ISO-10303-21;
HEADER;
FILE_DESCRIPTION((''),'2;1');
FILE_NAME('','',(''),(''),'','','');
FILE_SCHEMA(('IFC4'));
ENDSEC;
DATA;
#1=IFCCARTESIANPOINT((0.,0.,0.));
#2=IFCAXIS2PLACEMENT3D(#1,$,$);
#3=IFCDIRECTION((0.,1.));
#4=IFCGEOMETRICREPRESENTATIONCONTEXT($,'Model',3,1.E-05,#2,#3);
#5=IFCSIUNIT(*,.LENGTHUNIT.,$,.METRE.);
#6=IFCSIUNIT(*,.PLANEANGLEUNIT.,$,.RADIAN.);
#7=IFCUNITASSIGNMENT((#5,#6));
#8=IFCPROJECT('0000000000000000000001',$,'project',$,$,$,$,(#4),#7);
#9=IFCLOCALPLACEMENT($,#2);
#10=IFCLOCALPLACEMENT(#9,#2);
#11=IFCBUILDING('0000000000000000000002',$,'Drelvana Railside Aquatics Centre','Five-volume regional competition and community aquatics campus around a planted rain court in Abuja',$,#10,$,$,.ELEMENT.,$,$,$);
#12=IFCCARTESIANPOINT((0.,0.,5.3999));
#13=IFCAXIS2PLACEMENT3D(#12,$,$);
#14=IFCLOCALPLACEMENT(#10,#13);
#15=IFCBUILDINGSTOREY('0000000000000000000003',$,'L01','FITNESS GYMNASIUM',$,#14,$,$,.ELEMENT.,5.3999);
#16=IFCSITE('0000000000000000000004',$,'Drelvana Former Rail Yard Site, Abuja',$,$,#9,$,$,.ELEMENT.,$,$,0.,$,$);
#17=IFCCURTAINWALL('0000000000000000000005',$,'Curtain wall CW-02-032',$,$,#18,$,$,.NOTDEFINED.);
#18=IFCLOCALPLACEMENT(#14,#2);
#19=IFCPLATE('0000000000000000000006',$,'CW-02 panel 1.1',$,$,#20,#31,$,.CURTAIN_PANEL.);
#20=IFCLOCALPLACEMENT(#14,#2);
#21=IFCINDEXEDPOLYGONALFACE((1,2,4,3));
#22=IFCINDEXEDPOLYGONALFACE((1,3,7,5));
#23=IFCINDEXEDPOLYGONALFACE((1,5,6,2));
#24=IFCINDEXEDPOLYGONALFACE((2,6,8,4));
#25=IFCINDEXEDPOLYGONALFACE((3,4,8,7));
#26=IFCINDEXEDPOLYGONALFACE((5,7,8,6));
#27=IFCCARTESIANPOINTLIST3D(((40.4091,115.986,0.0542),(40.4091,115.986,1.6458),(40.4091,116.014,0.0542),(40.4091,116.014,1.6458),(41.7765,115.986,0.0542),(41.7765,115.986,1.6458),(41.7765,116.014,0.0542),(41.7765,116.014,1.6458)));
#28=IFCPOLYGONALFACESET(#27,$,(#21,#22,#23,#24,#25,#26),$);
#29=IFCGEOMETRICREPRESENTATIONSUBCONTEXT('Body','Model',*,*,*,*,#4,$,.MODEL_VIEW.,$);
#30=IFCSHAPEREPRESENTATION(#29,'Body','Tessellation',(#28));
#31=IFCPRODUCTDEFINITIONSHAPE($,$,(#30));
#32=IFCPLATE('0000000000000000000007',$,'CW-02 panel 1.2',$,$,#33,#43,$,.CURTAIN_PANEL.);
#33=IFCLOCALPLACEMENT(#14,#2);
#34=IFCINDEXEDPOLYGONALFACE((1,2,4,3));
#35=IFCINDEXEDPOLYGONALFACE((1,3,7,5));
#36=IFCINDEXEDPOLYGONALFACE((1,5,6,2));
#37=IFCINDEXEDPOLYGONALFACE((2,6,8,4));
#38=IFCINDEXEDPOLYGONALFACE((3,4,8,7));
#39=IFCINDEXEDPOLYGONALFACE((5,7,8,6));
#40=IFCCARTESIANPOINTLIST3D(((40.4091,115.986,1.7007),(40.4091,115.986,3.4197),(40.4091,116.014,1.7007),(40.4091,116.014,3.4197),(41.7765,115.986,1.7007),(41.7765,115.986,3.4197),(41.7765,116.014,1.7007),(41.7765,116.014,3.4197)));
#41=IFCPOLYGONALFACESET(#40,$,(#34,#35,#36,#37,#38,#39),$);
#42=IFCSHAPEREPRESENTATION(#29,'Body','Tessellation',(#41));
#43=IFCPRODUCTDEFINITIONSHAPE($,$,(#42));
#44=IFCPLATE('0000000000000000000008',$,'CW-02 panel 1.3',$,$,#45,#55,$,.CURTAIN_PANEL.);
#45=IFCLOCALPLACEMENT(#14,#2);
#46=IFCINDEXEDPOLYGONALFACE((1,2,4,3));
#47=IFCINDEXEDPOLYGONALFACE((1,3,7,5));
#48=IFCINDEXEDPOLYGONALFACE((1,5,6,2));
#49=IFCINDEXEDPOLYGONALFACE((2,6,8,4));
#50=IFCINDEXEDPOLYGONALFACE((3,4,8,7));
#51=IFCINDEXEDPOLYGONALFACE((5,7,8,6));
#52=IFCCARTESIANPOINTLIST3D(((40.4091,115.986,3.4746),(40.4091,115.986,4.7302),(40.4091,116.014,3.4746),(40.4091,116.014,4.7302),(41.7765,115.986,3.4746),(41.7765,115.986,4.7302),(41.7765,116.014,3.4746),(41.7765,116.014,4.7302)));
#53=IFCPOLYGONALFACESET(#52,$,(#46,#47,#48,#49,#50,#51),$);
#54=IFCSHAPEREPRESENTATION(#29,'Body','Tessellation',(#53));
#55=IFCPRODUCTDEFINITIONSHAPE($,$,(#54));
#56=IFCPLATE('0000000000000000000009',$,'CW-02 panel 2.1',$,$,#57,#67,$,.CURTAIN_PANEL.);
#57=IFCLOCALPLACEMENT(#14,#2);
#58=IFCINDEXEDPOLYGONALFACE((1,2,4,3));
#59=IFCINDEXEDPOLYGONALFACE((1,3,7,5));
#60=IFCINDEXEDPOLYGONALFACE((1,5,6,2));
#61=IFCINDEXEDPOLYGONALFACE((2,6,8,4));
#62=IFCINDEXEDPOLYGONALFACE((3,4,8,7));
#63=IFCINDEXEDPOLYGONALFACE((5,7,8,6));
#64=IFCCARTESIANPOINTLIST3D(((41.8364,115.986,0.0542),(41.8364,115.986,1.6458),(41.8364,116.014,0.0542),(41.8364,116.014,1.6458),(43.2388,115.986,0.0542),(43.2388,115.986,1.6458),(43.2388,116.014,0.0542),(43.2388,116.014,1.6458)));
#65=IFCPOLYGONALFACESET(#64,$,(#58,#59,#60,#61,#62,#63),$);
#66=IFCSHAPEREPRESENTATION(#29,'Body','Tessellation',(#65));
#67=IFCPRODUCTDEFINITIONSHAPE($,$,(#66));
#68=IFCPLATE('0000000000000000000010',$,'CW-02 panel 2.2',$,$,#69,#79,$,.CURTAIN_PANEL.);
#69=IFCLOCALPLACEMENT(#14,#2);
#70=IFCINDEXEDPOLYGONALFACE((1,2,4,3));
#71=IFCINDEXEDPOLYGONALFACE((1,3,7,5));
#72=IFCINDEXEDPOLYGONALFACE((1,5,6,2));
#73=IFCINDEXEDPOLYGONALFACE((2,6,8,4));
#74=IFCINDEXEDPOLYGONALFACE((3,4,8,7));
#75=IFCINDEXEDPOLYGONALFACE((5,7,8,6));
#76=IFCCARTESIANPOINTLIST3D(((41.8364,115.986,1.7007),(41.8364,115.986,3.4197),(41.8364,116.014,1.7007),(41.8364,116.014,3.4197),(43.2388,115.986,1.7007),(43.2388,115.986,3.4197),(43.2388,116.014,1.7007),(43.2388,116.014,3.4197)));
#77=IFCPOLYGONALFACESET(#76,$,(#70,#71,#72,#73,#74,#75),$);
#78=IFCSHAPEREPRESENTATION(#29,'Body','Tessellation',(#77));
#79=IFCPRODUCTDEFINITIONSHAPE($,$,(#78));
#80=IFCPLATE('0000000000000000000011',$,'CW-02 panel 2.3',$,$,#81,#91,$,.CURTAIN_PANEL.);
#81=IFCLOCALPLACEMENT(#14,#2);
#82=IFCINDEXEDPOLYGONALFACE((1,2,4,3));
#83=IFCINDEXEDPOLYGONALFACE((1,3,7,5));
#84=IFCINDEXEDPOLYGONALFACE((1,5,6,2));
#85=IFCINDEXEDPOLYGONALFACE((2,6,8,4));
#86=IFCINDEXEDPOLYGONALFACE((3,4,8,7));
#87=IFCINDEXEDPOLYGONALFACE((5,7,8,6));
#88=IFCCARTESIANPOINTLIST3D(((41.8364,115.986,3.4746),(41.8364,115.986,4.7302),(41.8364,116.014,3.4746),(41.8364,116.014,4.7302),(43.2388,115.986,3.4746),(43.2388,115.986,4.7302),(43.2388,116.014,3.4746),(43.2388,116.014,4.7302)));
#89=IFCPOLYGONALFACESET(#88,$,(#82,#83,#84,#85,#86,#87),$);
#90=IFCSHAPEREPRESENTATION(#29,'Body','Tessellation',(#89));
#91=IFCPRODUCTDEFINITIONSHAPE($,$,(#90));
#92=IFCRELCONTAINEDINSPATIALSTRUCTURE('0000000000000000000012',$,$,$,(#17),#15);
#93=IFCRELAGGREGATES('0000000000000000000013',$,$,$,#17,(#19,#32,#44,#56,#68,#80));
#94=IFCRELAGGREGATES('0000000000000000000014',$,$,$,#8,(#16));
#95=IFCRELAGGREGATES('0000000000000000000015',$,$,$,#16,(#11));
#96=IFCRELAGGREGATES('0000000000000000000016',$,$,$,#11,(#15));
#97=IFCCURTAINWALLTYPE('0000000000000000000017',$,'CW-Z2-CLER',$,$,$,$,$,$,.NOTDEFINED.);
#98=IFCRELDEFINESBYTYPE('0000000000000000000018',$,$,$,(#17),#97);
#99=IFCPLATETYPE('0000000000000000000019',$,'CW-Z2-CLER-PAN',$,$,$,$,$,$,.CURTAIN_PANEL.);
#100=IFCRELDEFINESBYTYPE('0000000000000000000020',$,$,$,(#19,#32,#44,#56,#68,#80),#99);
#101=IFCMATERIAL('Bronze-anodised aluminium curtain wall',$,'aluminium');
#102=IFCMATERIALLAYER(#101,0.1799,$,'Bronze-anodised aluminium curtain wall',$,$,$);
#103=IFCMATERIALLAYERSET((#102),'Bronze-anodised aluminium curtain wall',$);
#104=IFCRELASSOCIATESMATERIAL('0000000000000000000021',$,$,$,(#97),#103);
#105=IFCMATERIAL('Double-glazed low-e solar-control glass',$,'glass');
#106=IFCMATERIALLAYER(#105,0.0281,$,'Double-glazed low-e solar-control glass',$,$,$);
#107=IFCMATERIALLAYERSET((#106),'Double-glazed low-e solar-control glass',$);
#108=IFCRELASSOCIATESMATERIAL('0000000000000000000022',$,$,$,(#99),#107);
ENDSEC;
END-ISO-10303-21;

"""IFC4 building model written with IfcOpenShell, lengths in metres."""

from ifc_helpers import new_model, si_unit, direction, frame, origin, origin_2d, place, context, subcontext, project, spatial, rectangle, extrude, material, layer, layer_set, type_object, element, aggregate, save


model = new_model("IFC4")

# Units and contexts
model_context = context("Model", 3, precision=1e-05, world=origin(), true_north=direction((0.0, 1.0)))
body_context = subcontext(model_context, "Body", "Model", "MODEL_VIEW")
ifc_project = project(units=[si_unit("LENGTHUNIT", "METRE"), si_unit("PLANEANGLEUNIT", "RADIAN")], contexts=[model_context])

# Site, building, storey
site_placement = place(None, origin())
site = spatial("IfcSite", under=ifc_project, at=site_placement, Name="Drelvana Former Rail Yard Site, Abuja", CompositionType="ELEMENT", RefElevation=0.0)
building_placement = place(site_placement, origin())
building = spatial("IfcBuilding", under=site, at=building_placement, Name="Drelvana Railside Aquatics Centre", Description="Five-volume regional competition and community aquatics campus around a planted rain court in Abuja", CompositionType="ELEMENT")
storey_placement = place(building_placement, frame((0.0, 0.0, 5.3999)))
storey = spatial("IfcBuildingStorey", under=building, at=storey_placement, Name="L01", Description="FITNESS GYMNASIUM", CompositionType="ELEMENT", Elevation=5.3999)

# Curtain wall
ifc_material_1 = material(Name="Bronze-anodised aluminium curtain wall", Category="aluminium")
ifc_layer_1 = layer(ifc_material_1, 0.1799, Name="Bronze-anodised aluminium curtain wall")
ifc_layer_set_1 = layer_set([ifc_layer_1], Name="Bronze-anodised aluminium curtain wall")
curtain_wall_type = type_object("IfcCurtainWallType", Name="CW-Z2-CLER", PredefinedType="NOTDEFINED", material=ifc_layer_set_1)
curtain_wall_1_placement = place(storey_placement, origin())
curtain_wall_1 = element("IfcCurtainWall", 1, at=curtain_wall_1_placement, inside=storey, type_object=curtain_wall_type, Name="Curtain wall CW-02-032", PredefinedType="NOTDEFINED")

# Plates
ifc_material_2 = material(Name="Double-glazed low-e solar-control glass", Category="glass")
ifc_layer_2 = layer(ifc_material_2, 0.0281, Name="Double-glazed low-e solar-control glass")
ifc_layer_set_2 = layer_set([ifc_layer_2], Name="Double-glazed low-e solar-control glass")
plate_type = type_object("IfcPlateType", Name="CW-Z2-CLER-PAN", PredefinedType="CURTAIN_PANEL", material=ifc_layer_set_2)
plate_1_placement = place(storey_placement, frame((41.0928, 116.0, 0.0542), z_axis=(0.0, 0.0, 1.0), x_axis=(1.0, 0.0, 0.0)))
plate_1 = element("IfcPlate", 2, at=plate_1_placement, type_object=plate_type, Name="CW-02 panel 1.1", PredefinedType="CURTAIN_PANEL", context=body_context, shape_type="SweptSolid", body=[
    extrude(rectangle(XDim=1.3674, YDim=0.0281, at=origin_2d()), origin(), (0.0, 0.0, 1.0), 1.5916),
])
plate_2_placement = place(storey_placement, frame((41.0928, 116.0, 1.7007), z_axis=(0.0, 0.0, 1.0), x_axis=(1.0, 0.0, 0.0)))
plate_2 = element("IfcPlate", 3, at=plate_2_placement, type_object=plate_type, Name="CW-02 panel 1.2", PredefinedType="CURTAIN_PANEL", context=body_context, shape_type="SweptSolid", body=[
    extrude(rectangle(XDim=1.3674, YDim=0.0281, at=origin_2d()), origin(), (0.0, 0.0, 1.0), 1.719),
])
plate_3_placement = place(storey_placement, frame((41.0928, 116.0, 3.4746), z_axis=(0.0, 0.0, 1.0), x_axis=(1.0, 0.0, 0.0)))
plate_3 = element("IfcPlate", 4, at=plate_3_placement, type_object=plate_type, Name="CW-02 panel 1.3", PredefinedType="CURTAIN_PANEL", context=body_context, shape_type="SweptSolid", body=[
    extrude(rectangle(XDim=1.3674, YDim=0.0281, at=origin_2d()), origin(), (0.0, 0.0, 1.0), 1.2556),
])
plate_4_placement = place(storey_placement, frame((42.5376, 116.0, 0.0542), z_axis=(0.0, 0.0, 1.0), x_axis=(1.0, 0.0, 0.0)))
plate_4 = element("IfcPlate", 5, at=plate_4_placement, type_object=plate_type, Name="CW-02 panel 2.1", PredefinedType="CURTAIN_PANEL", context=body_context, shape_type="SweptSolid", body=[
    extrude(rectangle(XDim=1.4023, YDim=0.0281, at=origin_2d()), origin(), (0.0, 0.0, 1.0), 1.5916),
])
plate_5_placement = place(storey_placement, frame((42.5376, 116.0, 1.7007), z_axis=(0.0, 0.0, 1.0), x_axis=(1.0, 0.0, 0.0)))
plate_5 = element("IfcPlate", 6, at=plate_5_placement, type_object=plate_type, Name="CW-02 panel 2.2", PredefinedType="CURTAIN_PANEL", context=body_context, shape_type="SweptSolid", body=[
    extrude(rectangle(XDim=1.4023, YDim=0.0281, at=origin_2d()), origin(), (0.0, 0.0, 1.0), 1.719),
])
plate_6_placement = place(storey_placement, frame((42.5376, 116.0, 3.4746), z_axis=(0.0, 0.0, 1.0), x_axis=(1.0, 0.0, 0.0)))
plate_6 = element("IfcPlate", 7, at=plate_6_placement, type_object=plate_type, Name="CW-02 panel 2.3", PredefinedType="CURTAIN_PANEL", context=body_context, shape_type="SweptSolid", body=[
    extrude(rectangle(XDim=1.4023, YDim=0.0281, at=origin_2d()), origin(), (0.0, 0.0, 1.0), 1.2556),
])
aggregate(curtain_wall_1, [plate_1, plate_2, plate_3, plate_4, plate_5, plate_6])

save(model, "model.ifc")
